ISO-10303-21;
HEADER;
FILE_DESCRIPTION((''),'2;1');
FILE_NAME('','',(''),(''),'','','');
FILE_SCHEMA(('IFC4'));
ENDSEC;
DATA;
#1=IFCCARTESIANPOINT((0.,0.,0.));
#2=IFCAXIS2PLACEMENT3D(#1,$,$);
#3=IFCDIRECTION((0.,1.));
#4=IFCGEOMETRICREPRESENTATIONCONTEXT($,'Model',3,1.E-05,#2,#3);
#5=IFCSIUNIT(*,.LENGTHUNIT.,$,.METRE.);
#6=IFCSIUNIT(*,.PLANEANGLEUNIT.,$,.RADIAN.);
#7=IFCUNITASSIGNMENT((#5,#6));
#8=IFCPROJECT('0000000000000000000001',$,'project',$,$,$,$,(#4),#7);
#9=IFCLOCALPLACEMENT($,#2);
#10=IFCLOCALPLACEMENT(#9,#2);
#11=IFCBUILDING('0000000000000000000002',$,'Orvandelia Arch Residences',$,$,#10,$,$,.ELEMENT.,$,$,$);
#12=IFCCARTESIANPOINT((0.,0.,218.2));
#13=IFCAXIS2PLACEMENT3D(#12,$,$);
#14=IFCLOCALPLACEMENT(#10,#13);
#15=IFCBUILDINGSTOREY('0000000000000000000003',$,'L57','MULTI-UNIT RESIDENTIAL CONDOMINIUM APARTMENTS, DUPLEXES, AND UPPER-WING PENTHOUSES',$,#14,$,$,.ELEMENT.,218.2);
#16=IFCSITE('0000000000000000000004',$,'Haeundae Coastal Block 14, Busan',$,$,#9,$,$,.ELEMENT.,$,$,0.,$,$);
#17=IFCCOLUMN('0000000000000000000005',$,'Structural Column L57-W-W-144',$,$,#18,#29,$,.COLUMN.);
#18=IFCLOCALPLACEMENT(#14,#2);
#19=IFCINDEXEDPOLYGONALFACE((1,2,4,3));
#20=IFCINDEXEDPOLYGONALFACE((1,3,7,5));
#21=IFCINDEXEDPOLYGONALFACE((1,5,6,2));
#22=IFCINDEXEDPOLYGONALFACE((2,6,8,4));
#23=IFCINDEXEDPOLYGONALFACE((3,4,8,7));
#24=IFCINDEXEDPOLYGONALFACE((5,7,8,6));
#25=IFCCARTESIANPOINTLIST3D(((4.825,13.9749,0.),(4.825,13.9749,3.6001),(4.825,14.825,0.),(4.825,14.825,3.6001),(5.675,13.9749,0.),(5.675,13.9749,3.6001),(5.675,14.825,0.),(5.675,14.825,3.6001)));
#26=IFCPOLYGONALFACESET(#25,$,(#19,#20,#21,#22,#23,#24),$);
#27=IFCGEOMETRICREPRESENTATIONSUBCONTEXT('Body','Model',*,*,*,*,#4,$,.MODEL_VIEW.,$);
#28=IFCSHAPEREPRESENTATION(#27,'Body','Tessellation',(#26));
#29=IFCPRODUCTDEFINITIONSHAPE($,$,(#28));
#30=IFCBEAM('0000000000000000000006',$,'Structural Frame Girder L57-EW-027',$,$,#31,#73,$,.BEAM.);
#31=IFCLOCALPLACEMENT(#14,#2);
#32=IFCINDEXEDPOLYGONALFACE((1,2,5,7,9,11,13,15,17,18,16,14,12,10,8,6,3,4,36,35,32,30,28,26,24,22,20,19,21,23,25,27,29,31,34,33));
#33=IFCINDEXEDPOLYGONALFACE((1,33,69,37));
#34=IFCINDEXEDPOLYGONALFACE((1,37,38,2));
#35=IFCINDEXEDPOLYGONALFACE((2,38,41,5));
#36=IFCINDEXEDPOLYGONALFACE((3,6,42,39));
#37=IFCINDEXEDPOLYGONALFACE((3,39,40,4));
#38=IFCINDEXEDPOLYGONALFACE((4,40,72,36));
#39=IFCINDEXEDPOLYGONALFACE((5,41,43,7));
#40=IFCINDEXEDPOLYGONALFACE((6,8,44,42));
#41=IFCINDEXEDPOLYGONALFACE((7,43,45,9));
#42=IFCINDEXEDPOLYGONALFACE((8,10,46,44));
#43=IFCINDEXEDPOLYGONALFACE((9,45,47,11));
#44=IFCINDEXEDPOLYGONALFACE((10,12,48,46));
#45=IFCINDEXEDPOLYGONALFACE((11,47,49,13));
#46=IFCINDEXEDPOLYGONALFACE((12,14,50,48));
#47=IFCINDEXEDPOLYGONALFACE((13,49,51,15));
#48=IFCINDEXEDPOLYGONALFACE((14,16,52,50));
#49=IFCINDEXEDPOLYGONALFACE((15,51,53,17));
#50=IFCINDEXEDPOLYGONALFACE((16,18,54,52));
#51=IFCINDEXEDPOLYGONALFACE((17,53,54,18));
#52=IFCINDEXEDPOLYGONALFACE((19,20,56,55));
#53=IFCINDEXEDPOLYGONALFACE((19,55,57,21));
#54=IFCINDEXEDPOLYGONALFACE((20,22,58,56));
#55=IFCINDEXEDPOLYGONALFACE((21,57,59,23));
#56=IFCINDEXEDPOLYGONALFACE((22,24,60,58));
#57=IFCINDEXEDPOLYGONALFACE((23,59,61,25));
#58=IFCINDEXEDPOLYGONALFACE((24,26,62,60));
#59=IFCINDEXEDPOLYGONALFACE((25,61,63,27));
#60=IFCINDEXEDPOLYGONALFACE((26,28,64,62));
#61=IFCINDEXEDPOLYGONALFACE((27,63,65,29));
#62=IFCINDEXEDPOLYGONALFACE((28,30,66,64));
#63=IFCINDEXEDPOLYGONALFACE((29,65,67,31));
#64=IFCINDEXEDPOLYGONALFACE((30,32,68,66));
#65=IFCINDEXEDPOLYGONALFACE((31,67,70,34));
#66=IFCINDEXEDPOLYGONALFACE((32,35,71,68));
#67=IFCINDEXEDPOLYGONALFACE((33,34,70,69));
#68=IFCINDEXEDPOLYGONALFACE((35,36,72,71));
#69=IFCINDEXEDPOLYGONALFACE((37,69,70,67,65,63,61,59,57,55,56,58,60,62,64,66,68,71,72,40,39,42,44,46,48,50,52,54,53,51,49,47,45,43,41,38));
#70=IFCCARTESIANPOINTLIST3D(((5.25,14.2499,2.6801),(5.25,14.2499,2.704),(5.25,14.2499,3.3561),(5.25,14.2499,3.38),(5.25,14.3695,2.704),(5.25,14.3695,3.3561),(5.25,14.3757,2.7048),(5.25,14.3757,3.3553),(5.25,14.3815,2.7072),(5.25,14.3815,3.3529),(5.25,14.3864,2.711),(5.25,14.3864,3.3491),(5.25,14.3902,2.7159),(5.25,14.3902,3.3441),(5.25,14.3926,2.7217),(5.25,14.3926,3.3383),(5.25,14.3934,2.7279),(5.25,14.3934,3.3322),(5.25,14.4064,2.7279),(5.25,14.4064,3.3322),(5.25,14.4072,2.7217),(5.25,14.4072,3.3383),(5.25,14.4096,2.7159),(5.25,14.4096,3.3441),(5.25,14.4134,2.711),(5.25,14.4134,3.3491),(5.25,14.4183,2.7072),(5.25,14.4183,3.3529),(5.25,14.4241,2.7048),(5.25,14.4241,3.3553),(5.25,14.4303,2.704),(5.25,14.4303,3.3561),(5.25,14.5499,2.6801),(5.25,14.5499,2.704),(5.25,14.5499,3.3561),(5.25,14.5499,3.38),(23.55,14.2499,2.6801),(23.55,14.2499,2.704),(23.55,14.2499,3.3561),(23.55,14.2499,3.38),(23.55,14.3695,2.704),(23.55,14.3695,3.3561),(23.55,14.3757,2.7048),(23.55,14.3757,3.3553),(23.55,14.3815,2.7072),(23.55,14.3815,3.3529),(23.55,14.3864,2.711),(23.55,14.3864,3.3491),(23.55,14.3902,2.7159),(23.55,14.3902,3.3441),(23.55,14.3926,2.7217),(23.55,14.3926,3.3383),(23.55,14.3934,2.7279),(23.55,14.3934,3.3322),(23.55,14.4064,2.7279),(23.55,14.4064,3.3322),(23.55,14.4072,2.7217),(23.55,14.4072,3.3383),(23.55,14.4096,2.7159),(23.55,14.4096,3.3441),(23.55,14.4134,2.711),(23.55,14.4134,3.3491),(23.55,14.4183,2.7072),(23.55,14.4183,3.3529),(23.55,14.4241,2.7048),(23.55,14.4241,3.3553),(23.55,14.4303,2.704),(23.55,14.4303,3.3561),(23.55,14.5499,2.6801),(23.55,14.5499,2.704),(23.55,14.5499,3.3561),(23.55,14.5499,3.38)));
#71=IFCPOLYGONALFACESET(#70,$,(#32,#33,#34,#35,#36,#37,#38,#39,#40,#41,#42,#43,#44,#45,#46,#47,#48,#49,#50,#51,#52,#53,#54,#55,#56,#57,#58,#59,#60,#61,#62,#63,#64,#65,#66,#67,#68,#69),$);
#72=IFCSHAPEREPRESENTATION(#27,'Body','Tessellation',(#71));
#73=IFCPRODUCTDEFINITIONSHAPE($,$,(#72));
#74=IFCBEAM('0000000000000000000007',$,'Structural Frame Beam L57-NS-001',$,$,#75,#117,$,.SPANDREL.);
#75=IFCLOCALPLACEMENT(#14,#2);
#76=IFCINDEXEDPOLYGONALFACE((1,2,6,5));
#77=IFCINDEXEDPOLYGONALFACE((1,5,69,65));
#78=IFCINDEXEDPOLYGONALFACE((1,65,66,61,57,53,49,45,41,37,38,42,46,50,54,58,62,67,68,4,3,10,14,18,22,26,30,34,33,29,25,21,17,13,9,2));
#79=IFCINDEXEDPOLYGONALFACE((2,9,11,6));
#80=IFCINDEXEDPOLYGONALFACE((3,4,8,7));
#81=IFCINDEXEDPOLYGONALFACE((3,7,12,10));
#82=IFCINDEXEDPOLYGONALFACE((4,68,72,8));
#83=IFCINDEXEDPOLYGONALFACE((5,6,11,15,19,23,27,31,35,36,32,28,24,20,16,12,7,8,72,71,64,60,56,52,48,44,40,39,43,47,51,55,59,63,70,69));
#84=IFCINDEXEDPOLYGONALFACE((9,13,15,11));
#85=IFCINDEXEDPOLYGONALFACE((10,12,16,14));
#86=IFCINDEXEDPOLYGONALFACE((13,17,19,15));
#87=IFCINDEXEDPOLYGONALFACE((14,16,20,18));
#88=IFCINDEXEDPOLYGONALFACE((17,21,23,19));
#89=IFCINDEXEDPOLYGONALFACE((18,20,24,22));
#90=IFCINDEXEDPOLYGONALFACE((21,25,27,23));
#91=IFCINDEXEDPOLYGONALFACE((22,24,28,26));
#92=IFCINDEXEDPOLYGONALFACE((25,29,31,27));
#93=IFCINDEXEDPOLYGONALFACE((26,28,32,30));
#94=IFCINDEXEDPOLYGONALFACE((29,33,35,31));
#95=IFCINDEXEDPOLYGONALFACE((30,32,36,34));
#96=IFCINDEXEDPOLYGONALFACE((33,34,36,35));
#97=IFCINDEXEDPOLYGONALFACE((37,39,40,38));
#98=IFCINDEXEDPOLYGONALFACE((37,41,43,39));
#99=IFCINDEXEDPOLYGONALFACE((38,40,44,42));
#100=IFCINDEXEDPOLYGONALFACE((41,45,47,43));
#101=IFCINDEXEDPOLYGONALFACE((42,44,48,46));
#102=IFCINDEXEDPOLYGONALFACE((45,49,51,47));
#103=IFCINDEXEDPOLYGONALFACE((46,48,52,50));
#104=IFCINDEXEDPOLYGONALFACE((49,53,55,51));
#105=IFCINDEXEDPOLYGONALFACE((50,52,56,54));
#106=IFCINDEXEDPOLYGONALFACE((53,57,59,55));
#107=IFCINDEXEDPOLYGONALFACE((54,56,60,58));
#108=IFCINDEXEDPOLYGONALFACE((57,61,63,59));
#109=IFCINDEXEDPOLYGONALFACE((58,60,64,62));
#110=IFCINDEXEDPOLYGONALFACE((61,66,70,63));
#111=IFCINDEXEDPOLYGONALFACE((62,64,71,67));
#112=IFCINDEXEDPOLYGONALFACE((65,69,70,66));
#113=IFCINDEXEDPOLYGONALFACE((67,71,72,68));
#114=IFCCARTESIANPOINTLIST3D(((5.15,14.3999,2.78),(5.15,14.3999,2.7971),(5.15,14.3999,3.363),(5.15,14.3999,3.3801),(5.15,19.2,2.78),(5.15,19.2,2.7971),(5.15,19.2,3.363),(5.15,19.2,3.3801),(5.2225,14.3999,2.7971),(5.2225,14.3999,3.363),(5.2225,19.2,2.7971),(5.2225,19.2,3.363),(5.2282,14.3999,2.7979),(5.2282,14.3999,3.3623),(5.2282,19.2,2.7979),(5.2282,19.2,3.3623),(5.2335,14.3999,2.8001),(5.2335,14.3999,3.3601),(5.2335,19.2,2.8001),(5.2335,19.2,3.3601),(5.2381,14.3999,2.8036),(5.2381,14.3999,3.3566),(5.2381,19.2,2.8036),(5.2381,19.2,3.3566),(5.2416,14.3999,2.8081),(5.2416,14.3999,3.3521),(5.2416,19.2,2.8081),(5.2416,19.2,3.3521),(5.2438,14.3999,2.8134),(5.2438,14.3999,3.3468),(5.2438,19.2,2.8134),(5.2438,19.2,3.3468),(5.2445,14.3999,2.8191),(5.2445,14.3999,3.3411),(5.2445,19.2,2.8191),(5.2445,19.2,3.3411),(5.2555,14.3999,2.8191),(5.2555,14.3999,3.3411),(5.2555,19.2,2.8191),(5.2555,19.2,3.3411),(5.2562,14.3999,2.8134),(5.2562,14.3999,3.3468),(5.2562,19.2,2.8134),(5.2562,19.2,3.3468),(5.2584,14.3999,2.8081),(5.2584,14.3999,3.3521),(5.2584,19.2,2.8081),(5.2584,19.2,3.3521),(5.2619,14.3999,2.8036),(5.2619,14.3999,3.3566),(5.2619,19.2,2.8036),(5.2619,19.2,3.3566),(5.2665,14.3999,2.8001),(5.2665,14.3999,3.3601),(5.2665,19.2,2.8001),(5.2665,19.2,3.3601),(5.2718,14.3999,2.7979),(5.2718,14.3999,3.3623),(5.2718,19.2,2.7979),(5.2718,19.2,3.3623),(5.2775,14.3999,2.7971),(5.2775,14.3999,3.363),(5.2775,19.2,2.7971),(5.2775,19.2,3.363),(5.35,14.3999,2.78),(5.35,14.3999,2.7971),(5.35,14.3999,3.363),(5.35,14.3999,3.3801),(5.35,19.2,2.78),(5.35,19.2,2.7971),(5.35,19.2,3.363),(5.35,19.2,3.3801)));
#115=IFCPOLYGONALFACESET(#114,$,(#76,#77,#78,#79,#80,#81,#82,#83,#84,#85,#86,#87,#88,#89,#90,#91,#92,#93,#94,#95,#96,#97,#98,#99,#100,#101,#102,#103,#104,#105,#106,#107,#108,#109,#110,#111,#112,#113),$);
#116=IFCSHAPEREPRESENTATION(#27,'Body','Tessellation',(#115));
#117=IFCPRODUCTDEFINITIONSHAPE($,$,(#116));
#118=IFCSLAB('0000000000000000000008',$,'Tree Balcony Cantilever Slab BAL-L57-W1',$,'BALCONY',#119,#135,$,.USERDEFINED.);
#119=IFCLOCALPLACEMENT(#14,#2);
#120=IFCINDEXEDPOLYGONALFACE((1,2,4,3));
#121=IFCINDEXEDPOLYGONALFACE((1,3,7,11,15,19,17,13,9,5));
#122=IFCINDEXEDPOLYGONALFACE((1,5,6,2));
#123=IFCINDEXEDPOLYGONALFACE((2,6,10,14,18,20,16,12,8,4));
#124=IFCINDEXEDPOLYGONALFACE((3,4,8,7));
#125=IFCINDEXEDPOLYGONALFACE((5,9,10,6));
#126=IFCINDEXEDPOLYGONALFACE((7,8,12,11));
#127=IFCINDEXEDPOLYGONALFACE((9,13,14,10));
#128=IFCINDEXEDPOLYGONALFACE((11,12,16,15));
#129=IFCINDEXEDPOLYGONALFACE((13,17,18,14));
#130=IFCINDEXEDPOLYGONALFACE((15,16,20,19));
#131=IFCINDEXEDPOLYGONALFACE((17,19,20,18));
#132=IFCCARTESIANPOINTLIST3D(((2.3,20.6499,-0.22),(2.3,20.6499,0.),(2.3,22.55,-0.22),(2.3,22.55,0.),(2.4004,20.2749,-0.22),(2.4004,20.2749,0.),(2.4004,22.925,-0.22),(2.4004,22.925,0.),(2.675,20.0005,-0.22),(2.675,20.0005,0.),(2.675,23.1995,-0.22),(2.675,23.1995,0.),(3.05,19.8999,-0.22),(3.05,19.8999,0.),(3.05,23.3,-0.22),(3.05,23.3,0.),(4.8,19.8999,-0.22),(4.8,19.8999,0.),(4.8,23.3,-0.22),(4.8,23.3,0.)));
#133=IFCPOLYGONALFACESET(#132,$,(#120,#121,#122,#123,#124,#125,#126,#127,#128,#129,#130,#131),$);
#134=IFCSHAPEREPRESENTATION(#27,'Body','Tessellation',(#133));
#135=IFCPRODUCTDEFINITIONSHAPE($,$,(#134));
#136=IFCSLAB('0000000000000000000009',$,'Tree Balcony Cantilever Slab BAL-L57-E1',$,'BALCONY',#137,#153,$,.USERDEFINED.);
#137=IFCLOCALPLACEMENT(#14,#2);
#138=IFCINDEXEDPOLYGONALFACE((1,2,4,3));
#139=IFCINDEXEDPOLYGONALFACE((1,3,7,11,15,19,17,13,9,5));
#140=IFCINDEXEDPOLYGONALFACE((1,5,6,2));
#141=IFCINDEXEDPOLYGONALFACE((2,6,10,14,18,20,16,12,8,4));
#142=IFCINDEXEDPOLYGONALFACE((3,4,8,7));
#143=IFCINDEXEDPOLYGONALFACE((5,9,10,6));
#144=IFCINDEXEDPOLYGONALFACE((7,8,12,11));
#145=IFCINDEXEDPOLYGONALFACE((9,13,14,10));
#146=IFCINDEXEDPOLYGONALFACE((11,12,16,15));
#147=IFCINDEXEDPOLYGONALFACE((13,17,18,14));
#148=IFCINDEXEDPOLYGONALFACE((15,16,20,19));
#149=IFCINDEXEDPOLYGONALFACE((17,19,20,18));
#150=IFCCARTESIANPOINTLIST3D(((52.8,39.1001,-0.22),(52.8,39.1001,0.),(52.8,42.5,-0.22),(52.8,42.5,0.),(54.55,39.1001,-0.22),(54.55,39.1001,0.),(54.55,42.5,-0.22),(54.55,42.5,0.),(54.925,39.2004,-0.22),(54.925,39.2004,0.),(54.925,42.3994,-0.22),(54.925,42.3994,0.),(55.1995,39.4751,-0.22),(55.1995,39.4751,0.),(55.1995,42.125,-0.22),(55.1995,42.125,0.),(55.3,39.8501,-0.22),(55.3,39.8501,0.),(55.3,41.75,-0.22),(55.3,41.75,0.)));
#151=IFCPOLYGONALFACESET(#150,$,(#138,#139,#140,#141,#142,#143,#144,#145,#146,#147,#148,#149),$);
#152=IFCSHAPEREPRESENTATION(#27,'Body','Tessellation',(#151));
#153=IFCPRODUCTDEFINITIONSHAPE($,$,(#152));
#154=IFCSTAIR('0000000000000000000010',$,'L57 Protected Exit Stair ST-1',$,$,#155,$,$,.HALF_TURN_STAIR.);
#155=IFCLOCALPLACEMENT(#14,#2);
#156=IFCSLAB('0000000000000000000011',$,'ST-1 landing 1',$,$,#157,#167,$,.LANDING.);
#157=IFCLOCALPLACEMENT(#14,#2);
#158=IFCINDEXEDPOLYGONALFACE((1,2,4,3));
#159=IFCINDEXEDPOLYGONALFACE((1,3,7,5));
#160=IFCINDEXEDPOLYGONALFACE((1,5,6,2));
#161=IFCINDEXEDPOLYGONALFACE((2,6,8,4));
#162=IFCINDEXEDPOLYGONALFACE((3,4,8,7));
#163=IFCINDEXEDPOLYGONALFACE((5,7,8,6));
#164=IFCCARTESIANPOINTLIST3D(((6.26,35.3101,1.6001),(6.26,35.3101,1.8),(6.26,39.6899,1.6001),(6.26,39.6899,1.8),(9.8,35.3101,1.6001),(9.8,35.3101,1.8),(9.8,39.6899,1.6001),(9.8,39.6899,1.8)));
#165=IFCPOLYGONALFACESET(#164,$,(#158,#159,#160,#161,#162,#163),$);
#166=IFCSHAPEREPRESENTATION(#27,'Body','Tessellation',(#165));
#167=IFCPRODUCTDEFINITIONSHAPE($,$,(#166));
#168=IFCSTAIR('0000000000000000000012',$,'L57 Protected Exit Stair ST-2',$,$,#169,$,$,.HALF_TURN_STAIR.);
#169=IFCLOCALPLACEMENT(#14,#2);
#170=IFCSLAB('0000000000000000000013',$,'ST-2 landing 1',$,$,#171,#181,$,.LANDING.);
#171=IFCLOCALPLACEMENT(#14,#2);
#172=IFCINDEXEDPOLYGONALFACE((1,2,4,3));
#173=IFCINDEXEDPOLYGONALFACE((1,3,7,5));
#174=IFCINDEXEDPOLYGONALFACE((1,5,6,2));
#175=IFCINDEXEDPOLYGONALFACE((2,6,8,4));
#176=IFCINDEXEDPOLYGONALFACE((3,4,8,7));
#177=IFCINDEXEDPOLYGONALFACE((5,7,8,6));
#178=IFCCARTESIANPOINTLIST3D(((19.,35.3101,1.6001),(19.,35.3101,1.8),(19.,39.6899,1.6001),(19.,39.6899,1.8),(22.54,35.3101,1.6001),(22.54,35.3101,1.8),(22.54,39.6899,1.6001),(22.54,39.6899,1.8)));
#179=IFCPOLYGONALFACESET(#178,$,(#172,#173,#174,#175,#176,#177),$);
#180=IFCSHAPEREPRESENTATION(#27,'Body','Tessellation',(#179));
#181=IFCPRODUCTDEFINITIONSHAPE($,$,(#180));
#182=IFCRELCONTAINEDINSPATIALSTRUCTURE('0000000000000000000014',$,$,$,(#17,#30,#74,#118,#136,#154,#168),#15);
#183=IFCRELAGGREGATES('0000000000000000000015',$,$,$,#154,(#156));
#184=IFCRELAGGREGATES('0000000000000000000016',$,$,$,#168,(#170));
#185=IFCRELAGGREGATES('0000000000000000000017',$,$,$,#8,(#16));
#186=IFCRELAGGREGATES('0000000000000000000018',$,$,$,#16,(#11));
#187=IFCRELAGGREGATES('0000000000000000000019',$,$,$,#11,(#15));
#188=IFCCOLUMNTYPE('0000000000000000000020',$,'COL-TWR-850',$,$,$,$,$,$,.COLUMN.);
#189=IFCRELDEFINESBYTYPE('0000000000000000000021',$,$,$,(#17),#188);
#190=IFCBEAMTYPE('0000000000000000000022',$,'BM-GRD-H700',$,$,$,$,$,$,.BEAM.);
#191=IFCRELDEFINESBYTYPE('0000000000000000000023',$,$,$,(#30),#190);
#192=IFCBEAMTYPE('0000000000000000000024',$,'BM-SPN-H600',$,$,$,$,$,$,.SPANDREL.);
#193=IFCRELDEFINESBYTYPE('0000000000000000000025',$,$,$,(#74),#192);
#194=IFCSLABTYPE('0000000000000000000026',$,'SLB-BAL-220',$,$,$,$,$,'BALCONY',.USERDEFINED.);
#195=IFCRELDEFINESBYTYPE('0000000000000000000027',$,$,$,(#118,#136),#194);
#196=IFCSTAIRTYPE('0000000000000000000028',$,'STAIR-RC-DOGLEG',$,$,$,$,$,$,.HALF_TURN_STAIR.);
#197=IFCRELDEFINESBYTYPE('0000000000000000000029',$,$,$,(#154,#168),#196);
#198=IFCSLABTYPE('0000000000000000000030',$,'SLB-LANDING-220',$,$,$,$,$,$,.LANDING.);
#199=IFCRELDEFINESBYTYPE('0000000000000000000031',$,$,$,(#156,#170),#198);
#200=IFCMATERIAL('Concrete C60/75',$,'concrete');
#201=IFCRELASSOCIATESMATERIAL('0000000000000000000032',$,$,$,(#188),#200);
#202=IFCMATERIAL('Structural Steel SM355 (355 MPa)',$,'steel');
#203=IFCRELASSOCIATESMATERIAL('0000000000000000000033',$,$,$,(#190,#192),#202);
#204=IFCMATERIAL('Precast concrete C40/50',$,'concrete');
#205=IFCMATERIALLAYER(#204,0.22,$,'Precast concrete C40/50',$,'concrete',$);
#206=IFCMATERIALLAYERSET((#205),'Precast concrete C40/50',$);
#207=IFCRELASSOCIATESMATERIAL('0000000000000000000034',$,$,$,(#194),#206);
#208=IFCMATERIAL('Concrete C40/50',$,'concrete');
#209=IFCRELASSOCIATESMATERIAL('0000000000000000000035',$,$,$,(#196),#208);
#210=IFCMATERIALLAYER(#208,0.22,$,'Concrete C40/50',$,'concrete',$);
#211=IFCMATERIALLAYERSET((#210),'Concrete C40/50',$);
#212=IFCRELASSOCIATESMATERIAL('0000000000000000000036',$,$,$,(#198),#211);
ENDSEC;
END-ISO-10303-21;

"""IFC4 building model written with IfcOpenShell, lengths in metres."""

from ifc_helpers import new_model, si_unit, direction, frame, origin, origin_2d, place, context, subcontext, project, spatial, polyline, rectangle, i_section, outline, extrude, material, layer, layer_set, material_profile, profile_set, type_object, element, aggregate, save


model = new_model("IFC4")

# Units and contexts
model_context = context("Model", 3, precision=1e-05, world=origin(), true_north=direction((0.0, 1.0)))
body_context = subcontext(model_context, "Body", "Model", "MODEL_VIEW")
ifc_project = project(units=[si_unit("LENGTHUNIT", "METRE"), si_unit("PLANEANGLEUNIT", "RADIAN")], contexts=[model_context])

# Site, building, storey
site_placement = place(None, origin())
site = spatial("IfcSite", under=ifc_project, at=site_placement, Name="Haeundae Coastal Block 14, Busan", CompositionType="ELEMENT", RefElevation=0.0)
building_placement = place(site_placement, origin())
building = spatial("IfcBuilding", under=site, at=building_placement, Name="Orvandelia Arch Residences", CompositionType="ELEMENT")
storey_placement = place(building_placement, frame((0.0, 0.0, 218.2)))
storey = spatial("IfcBuildingStorey", under=building, at=storey_placement, Name="L57", Description="MULTI-UNIT RESIDENTIAL CONDOMINIUM APARTMENTS, DUPLEXES, AND UPPER-WING PENTHOUSES", CompositionType="ELEMENT", Elevation=218.2)

# Column
ifc_material_1 = material(Name="Concrete C60/75", Category="concrete")
ifc_material_profile_1 = material_profile(ifc_material_1, rectangle(XDim=0.8501, YDim=0.8501, at=origin_2d()), Name="Concrete C60/75", Category="concrete")
ifc_profile_set_1 = profile_set([ifc_material_profile_1], Name="Concrete C60/75")
column_type = type_object("IfcColumnType", Name="COL-TWR-850", PredefinedType="COLUMN", material=ifc_profile_set_1)
column_placement = place(storey_placement, frame((5.25, 14.3999, 0.0), z_axis=(0.0, 0.0, 1.0), x_axis=(1.0, 0.0, 0.0)))
element("IfcColumn", 1, at=column_placement, inside=storey, type_object=column_type, Name="Structural Column L57-W-W-144", PredefinedType="COLUMN", context=body_context, shape_type="SweptSolid", body=[
    extrude(rectangle(XDim=0.8501, YDim=0.8501, at=origin_2d()), origin(), (0.0, 0.0, 1.0), 3.6001),
])

# Beams
ifc_material_2 = material(Name="Structural Steel SM355 (355 MPa)", Category="steel")
ifc_material_profile_2 = material_profile(ifc_material_2, i_section(OverallWidth=0.3, OverallDepth=0.7, WebThickness=0.0129, FlangeThickness=0.0239, FilletRadius=0.0239, at=origin_2d()), Name="Structural Steel SM355 (355 MPa)", Category="steel")
ifc_profile_set_2 = profile_set([ifc_material_profile_2], Name="Structural Steel SM355 (355 MPa)")
beam_type_1 = type_object("IfcBeamType", Name="BM-GRD-H700", PredefinedType="BEAM", material=ifc_profile_set_2)
beam_1_placement = place(storey_placement, frame((5.25, 14.3999, 3.03), z_axis=(1.0, 0.0, 0.0), x_axis=(0.0, 1.0, 0.0)))
element("IfcBeam", 2, at=beam_1_placement, inside=storey, type_object=beam_type_1, Name="Structural Frame Girder L57-EW-027", PredefinedType="BEAM", context=body_context, shape_type="SweptSolid", body=[
    extrude(i_section(OverallWidth=0.3, OverallDepth=0.7, WebThickness=0.0129, FlangeThickness=0.0239, FilletRadius=0.0239, at=origin_2d()), origin(), (0.0, 0.0, 1.0), 18.3),
])
ifc_material_profile_3 = material_profile(ifc_material_2, i_section(OverallWidth=0.2, OverallDepth=0.6001, WebThickness=0.011, FlangeThickness=0.0171, FilletRadius=0.022, at=origin_2d()), Name="Structural Steel SM355 (355 MPa)", Category="steel")
ifc_profile_set_3 = profile_set([ifc_material_profile_3], Name="Structural Steel SM355 (355 MPa)")
beam_type_2 = type_object("IfcBeamType", Name="BM-SPN-H600", PredefinedType="SPANDREL", material=ifc_profile_set_3)
beam_2_placement = place(storey_placement, frame((5.25, 14.3999, 3.0801), z_axis=(0.0, 1.0, 0.0), x_axis=(-1.0, 0.0, 0.0)))
element("IfcBeam", 3, at=beam_2_placement, inside=storey, type_object=beam_type_2, Name="Structural Frame Beam L57-NS-001", PredefinedType="SPANDREL", context=body_context, shape_type="SweptSolid", body=[
    extrude(i_section(OverallWidth=0.2, OverallDepth=0.6001, WebThickness=0.011, FlangeThickness=0.0171, FilletRadius=0.022, at=origin_2d()), origin(), (0.0, 0.0, 1.0), 4.8),
])

# Slabs
ifc_material_3 = material(Name="Precast concrete C40/50", Category="concrete")
ifc_layer_1 = layer(ifc_material_3, 0.22, Name="Precast concrete C40/50", Category="concrete")
ifc_layer_set_1 = layer_set([ifc_layer_1], Name="Precast concrete C40/50")
slab_type_1 = type_object("IfcSlabType", Name="SLB-BAL-220", ElementType="BALCONY", PredefinedType="USERDEFINED", material=ifc_layer_set_1)
slab_1_placement = place(storey_placement, frame((0.0, 0.0, -0.22)))
element("IfcSlab", 4, at=slab_1_placement, inside=storey, type_object=slab_type_1, Name="Tree Balcony Cantilever Slab BAL-L57-W1", ObjectType="BALCONY", PredefinedType="USERDEFINED", context=body_context, shape_type="SweptSolid", body=[
    extrude(outline(polyline([(4.8, 19.8999), (4.8, 23.3), (3.05, 23.3), (2.675, 23.1995), (2.4004, 22.925), (2.3, 22.55), (2.3, 20.6499), (2.4004, 20.2749), (2.675, 20.0005), (3.05, 19.8999), (4.8, 19.8999)])), origin(), (0.0, 0.0, 1.0), 0.22),
])
slab_2_placement = place(storey_placement, frame((0.0, 0.0, -0.22)))
element("IfcSlab", 5, at=slab_2_placement, inside=storey, type_object=slab_type_1, Name="Tree Balcony Cantilever Slab BAL-L57-E1", ObjectType="BALCONY", PredefinedType="USERDEFINED", context=body_context, shape_type="SweptSolid", body=[
    extrude(outline(polyline([(52.8, 42.5), (52.8, 39.1001), (54.55, 39.1001), (54.925, 39.2004), (55.1995, 39.4751), (55.3, 39.8501), (55.3, 41.75), (55.1995, 42.125), (54.925, 42.3994), (54.55, 42.5), (52.8, 42.5)])), origin(), (0.0, 0.0, 1.0), 0.22),
])

# Stairs, slabs
ifc_material_4 = material(Name="Concrete C40/50", Category="concrete")
stair_type = type_object("IfcStairType", Name="STAIR-RC-DOGLEG", PredefinedType="HALF_TURN_STAIR", material=ifc_material_4)
stair_1_placement = place(storey_placement, origin())
stair_1 = element("IfcStair", 6, at=stair_1_placement, inside=storey, type_object=stair_type, Name="L57 Protected Exit Stair ST-1", PredefinedType="HALF_TURN_STAIR")
ifc_layer_2 = layer(ifc_material_4, 0.22, Name="Concrete C40/50", Category="concrete")
ifc_layer_set_2 = layer_set([ifc_layer_2], Name="Concrete C40/50")
slab_type_2 = type_object("IfcSlabType", Name="SLB-LANDING-220", PredefinedType="LANDING", material=ifc_layer_set_2)
slab_3_placement = place(storey_placement, frame((0.0, 0.0, 1.6001)))
slab_3 = element("IfcSlab", 7, at=slab_3_placement, type_object=slab_type_2, Name="ST-1 landing 1", PredefinedType="LANDING", context=body_context, shape_type="SweptSolid", body=[
    extrude(outline(polyline([(9.8, 35.3101), (9.8, 39.6899), (6.26, 39.6899), (6.26, 35.3101), (9.8, 35.3101)])), origin(), (0.0, 0.0, 1.0), 0.2),
])
aggregate(stair_1, [slab_3])
stair_2_placement = place(storey_placement, origin())
stair_2 = element("IfcStair", 8, at=stair_2_placement, inside=storey, type_object=stair_type, Name="L57 Protected Exit Stair ST-2", PredefinedType="HALF_TURN_STAIR")
slab_4_placement = place(storey_placement, frame((0.0, 0.0, 1.6001)))
slab_4 = element("IfcSlab", 9, at=slab_4_placement, type_object=slab_type_2, Name="ST-2 landing 1", PredefinedType="LANDING", context=body_context, shape_type="SweptSolid", body=[
    extrude(outline(polyline([(22.54, 35.3101), (22.54, 39.6899), (19.0, 39.6899), (19.0, 35.3101), (22.54, 35.3101)])), origin(), (0.0, 0.0, 1.0), 0.2),
])
aggregate(stair_2, [slab_4])

save(model, "model.ifc")
